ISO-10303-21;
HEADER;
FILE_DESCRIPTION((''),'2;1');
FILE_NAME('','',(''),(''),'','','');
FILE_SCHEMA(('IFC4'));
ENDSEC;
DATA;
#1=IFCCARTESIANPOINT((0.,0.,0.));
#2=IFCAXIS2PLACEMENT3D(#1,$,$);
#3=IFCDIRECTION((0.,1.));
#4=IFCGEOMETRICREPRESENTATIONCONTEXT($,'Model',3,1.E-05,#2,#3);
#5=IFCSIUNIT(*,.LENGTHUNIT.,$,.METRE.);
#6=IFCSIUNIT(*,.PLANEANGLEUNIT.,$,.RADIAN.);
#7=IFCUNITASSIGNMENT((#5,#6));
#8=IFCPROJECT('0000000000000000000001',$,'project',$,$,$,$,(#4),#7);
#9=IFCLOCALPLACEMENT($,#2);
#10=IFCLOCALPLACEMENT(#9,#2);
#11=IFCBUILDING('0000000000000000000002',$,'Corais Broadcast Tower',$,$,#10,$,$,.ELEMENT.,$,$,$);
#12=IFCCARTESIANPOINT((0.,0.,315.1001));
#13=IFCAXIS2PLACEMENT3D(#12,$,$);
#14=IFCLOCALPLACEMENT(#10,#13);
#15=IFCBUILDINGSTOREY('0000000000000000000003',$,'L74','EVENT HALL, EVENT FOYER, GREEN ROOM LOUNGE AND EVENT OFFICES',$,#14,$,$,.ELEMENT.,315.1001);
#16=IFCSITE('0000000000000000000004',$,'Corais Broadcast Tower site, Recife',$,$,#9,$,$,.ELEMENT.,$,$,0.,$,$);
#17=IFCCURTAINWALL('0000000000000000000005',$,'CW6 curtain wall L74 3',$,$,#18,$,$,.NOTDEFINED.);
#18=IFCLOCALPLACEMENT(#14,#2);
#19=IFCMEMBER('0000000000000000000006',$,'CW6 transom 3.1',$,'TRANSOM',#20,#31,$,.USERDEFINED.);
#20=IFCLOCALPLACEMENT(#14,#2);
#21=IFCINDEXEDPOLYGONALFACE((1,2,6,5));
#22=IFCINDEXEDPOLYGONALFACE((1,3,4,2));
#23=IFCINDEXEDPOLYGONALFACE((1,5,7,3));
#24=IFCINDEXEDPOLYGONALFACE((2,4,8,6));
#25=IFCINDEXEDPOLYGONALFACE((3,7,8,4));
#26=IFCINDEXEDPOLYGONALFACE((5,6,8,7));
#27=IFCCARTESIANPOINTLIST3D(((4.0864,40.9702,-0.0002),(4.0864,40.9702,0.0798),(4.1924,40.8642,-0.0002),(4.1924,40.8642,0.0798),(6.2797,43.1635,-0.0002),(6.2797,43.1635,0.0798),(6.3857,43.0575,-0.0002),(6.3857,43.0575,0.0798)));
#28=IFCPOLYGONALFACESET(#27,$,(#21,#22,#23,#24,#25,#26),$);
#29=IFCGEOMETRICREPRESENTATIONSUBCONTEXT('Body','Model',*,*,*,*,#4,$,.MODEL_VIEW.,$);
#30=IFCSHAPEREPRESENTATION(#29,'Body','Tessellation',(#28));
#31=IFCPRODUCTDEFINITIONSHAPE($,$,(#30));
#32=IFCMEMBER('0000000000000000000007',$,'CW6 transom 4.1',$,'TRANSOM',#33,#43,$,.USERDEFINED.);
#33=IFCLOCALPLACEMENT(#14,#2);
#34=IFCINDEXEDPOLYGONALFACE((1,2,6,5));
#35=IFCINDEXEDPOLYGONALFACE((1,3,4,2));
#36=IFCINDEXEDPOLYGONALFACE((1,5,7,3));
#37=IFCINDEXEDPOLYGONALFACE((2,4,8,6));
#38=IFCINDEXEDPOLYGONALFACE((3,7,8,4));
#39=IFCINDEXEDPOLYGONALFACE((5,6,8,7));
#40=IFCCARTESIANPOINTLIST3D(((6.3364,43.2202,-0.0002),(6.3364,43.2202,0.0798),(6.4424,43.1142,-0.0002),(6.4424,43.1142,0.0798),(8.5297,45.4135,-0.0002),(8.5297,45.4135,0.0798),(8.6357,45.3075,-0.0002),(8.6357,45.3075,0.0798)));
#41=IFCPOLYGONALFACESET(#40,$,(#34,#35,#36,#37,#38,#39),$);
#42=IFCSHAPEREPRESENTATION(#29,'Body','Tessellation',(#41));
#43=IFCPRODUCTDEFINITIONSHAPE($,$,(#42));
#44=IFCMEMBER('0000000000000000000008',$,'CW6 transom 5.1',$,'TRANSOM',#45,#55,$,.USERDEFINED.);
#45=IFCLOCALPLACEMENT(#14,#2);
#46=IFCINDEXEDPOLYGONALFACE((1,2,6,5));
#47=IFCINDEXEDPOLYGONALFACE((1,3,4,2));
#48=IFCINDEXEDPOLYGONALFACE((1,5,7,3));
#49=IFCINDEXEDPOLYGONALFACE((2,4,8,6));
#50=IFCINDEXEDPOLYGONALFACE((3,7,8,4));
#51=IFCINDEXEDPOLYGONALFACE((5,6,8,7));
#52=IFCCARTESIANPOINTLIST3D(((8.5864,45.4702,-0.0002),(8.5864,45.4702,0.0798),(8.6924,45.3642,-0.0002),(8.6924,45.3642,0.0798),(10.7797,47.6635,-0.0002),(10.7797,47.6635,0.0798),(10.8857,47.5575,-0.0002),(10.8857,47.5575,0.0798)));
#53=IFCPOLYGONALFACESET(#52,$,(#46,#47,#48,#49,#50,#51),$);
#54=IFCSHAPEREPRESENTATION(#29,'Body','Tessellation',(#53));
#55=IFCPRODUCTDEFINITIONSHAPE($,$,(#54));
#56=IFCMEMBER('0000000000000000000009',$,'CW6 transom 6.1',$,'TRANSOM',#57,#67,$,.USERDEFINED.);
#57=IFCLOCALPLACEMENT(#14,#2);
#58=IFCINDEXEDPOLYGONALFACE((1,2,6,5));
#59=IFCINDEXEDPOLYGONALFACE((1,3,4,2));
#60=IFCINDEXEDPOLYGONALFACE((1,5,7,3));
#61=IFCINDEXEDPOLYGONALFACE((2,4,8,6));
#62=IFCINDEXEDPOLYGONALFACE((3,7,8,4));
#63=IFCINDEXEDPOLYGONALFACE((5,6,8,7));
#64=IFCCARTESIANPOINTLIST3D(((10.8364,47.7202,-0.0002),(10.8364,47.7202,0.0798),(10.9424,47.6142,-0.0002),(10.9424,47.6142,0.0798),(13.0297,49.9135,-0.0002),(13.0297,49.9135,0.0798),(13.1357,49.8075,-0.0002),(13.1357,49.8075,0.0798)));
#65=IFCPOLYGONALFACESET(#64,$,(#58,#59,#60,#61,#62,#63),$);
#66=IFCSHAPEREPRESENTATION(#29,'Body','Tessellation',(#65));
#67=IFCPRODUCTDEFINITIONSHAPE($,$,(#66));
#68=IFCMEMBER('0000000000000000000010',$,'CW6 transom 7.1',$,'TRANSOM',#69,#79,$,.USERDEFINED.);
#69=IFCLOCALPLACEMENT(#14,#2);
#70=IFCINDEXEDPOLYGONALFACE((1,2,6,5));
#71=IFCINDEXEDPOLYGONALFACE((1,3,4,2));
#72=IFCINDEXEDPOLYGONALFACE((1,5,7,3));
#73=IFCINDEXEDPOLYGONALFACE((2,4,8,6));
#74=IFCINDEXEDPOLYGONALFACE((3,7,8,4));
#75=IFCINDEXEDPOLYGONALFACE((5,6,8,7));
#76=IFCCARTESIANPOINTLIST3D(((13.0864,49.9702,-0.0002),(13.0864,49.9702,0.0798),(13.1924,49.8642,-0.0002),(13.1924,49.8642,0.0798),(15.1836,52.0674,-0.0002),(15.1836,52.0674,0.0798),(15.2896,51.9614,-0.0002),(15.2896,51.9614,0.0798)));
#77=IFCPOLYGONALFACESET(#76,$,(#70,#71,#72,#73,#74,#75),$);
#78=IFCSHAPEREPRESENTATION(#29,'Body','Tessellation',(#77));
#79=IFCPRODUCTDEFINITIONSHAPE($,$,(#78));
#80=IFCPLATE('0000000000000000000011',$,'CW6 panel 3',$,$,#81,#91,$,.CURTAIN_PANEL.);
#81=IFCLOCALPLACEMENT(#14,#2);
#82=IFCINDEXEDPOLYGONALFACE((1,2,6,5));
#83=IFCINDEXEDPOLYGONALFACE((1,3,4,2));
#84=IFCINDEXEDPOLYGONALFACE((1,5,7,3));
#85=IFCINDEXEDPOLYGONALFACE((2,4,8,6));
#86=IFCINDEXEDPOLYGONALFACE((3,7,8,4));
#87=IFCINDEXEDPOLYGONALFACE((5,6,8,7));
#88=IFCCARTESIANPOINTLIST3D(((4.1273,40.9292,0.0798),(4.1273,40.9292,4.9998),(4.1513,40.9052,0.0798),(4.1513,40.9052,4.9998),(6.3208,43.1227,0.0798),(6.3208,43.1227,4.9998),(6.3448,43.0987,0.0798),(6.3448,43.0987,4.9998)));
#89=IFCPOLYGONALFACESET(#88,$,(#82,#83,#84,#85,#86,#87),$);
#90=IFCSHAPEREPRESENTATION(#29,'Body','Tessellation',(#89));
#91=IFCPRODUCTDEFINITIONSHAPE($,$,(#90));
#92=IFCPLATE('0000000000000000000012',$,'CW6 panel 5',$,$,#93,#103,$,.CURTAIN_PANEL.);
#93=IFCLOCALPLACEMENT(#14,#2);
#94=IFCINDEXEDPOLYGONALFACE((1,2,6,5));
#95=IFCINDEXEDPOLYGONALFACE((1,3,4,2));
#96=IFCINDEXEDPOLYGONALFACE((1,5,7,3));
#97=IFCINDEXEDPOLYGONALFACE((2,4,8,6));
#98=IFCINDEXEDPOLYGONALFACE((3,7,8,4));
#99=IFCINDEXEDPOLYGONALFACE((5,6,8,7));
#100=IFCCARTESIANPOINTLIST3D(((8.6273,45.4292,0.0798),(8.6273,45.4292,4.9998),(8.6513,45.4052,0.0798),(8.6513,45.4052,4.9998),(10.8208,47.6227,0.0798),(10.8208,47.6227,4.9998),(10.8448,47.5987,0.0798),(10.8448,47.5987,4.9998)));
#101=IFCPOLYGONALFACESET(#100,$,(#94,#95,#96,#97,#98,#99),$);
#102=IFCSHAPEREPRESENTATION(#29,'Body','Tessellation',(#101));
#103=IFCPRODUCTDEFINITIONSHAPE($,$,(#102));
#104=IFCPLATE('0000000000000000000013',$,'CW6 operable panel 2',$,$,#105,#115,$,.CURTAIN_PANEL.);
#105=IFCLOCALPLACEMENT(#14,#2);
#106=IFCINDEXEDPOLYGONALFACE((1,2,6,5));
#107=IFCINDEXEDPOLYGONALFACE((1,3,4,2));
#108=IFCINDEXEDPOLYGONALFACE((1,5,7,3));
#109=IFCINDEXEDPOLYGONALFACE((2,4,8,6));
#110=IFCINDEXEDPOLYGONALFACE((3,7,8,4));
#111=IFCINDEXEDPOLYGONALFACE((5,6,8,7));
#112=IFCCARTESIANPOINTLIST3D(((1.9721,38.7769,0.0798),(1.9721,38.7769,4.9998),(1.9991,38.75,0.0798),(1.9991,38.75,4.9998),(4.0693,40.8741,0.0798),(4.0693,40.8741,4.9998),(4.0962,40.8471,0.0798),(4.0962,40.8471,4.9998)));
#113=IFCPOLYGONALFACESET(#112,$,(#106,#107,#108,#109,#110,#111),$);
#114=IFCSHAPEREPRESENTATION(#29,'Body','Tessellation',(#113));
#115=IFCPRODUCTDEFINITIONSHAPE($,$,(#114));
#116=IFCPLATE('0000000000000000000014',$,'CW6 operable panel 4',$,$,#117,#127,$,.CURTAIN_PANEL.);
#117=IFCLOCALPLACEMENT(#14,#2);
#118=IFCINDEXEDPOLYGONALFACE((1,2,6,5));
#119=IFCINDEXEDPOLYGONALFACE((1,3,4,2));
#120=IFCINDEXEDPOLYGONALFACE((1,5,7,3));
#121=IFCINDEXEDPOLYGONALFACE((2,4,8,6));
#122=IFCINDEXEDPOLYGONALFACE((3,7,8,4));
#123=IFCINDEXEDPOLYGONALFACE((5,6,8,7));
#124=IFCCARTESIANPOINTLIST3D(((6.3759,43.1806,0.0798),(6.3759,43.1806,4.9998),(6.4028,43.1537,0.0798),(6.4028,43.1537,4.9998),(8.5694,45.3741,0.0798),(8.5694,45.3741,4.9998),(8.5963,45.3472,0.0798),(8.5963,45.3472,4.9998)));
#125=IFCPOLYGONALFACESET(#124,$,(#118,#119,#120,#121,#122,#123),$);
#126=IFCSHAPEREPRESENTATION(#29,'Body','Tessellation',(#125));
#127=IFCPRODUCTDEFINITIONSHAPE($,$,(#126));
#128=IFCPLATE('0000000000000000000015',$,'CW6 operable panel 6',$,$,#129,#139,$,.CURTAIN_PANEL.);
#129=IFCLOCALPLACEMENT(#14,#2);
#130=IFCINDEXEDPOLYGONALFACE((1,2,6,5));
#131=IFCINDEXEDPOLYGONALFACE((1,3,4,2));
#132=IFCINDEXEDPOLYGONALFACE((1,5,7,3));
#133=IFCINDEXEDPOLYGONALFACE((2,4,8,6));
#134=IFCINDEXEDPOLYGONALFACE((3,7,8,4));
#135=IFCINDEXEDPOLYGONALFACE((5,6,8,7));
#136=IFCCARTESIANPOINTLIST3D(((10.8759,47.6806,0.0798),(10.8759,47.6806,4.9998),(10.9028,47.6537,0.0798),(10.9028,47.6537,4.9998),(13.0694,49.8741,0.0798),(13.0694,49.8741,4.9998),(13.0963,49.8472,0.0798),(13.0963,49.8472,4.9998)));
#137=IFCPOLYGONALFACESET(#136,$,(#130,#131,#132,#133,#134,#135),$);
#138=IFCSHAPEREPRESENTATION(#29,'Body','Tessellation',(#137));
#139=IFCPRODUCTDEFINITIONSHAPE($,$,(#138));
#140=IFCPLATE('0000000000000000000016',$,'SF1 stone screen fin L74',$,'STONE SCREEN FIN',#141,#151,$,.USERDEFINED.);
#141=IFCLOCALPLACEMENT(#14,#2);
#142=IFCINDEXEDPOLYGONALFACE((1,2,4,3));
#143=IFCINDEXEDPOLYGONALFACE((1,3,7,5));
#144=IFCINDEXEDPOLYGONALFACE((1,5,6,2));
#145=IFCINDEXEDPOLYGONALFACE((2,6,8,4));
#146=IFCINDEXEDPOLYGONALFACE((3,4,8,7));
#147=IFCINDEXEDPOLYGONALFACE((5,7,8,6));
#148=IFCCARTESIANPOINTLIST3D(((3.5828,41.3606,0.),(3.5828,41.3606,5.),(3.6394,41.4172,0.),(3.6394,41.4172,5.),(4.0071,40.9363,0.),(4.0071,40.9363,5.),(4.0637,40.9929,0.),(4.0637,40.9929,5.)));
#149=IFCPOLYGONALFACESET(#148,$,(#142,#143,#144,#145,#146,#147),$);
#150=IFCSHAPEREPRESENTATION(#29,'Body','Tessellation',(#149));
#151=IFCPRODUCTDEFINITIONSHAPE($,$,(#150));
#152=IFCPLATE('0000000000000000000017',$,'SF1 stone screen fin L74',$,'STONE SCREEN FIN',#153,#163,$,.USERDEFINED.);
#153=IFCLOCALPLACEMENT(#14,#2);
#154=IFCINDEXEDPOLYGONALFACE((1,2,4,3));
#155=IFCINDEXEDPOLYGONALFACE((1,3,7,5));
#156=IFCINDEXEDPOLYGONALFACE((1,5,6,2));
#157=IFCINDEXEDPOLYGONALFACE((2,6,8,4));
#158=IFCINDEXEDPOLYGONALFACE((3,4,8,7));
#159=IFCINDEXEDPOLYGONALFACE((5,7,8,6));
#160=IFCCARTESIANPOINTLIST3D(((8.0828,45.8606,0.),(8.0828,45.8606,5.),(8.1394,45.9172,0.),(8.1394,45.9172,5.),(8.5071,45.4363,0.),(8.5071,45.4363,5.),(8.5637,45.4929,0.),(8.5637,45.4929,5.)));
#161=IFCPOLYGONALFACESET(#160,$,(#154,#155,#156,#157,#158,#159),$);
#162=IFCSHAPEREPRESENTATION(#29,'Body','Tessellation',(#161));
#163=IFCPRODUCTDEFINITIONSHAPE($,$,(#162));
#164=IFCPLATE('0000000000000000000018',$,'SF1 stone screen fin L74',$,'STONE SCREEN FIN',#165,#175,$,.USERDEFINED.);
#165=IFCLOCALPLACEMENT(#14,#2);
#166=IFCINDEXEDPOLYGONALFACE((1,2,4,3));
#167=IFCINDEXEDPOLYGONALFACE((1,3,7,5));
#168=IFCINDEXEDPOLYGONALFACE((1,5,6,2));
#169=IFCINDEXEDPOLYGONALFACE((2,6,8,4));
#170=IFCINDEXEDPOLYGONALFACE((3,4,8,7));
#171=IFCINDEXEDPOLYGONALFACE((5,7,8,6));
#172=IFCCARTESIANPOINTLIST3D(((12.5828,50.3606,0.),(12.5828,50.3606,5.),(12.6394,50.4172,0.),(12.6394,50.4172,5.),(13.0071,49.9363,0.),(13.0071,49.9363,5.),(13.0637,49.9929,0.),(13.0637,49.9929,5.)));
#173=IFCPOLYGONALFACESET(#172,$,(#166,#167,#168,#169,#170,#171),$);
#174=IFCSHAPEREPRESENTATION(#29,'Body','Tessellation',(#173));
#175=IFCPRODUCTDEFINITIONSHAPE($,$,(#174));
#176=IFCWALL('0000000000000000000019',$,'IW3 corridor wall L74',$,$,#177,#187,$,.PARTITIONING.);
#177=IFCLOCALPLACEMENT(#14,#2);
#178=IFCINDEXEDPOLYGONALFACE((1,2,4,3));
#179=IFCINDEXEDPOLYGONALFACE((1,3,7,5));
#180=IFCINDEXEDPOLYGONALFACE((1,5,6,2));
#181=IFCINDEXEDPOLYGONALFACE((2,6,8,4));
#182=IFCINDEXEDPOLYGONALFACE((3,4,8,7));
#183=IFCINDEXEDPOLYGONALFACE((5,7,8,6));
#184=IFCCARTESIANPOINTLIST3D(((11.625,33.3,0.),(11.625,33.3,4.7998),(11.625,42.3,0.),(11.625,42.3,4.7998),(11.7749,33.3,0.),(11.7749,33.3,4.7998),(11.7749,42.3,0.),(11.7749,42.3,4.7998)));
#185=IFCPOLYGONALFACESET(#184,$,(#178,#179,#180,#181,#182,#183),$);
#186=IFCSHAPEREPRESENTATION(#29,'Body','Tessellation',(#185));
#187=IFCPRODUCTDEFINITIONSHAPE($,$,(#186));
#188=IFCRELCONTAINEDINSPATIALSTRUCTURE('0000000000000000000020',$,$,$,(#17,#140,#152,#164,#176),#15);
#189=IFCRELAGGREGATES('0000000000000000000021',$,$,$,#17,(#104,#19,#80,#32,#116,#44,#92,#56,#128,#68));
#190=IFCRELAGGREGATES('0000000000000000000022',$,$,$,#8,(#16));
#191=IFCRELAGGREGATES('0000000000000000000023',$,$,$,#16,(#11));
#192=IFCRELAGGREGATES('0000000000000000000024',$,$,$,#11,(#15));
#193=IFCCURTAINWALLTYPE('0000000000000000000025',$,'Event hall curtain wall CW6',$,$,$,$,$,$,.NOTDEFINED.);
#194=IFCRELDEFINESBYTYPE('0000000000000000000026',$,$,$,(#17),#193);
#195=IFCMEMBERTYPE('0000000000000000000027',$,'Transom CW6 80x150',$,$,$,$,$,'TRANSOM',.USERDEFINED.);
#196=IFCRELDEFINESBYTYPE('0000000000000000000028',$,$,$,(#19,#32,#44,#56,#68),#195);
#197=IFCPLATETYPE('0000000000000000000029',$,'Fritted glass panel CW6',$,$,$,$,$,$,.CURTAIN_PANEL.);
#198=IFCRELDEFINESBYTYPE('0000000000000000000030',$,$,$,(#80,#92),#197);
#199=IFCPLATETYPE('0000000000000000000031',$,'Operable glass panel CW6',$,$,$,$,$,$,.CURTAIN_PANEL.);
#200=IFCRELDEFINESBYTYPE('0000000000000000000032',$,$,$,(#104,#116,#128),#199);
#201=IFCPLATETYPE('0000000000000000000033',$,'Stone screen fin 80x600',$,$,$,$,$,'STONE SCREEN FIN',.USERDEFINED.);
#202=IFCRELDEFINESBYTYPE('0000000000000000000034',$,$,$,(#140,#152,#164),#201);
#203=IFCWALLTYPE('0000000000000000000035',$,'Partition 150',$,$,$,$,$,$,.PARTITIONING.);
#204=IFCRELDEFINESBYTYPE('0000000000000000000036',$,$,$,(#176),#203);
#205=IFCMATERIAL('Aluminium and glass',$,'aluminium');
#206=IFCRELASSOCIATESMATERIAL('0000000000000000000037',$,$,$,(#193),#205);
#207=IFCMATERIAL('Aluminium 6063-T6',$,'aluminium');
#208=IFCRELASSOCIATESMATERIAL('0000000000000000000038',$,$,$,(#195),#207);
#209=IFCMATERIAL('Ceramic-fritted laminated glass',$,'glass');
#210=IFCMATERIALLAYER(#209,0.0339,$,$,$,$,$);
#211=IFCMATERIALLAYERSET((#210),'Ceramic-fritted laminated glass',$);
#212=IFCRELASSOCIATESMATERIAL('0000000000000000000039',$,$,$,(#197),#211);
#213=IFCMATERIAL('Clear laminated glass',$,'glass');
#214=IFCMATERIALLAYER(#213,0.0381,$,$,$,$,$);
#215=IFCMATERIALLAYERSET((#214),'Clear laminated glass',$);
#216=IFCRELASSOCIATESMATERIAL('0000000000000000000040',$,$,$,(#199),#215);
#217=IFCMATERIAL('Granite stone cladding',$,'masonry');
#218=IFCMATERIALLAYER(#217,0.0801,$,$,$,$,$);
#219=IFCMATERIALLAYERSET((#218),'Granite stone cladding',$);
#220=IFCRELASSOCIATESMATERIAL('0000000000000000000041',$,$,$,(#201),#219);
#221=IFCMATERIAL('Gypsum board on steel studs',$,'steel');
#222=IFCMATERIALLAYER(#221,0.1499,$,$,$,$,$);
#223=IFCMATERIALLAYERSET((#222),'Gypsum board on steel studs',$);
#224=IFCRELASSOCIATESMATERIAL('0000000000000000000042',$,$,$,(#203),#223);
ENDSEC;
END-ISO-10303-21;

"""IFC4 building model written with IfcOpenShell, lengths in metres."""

from ifc_helpers import new_model, si_unit, direction, frame, frame_2d, origin, origin_2d, place, context, subcontext, project, spatial, rectangle, extrude, material, layer, layer_set, material_profile, profile_set, type_object, element, aggregate, save


model = new_model("IFC4")

# Units and contexts
model_context = context("Model", 3, precision=1e-05, world=origin(), true_north=direction((0.0, 1.0)))
body_context = subcontext(model_context, "Body", "Model", "MODEL_VIEW")
ifc_project = project(units=[si_unit("LENGTHUNIT", "METRE"), si_unit("PLANEANGLEUNIT", "RADIAN")], contexts=[model_context])

# Site, building, storey
site_placement = place(None, origin())
site = spatial("IfcSite", under=ifc_project, at=site_placement, Name="Corais Broadcast Tower site, Recife", CompositionType="ELEMENT", RefElevation=0.0)
building_placement = place(site_placement, origin())
building = spatial("IfcBuilding", under=site, at=building_placement, Name="Corais Broadcast Tower", CompositionType="ELEMENT")
storey_placement = place(building_placement, frame((0.0, 0.0, 315.1001)))
storey = spatial("IfcBuildingStorey", under=building, at=storey_placement, Name="L74", Description="EVENT HALL, EVENT FOYER, GREEN ROOM LOUNGE AND EVENT OFFICES", CompositionType="ELEMENT", Elevation=315.1001)

# Curtain wall
ifc_material_1 = material(Name="Aluminium and glass", Category="aluminium")
curtain_wall_type = type_object("IfcCurtainWallType", Name="Event hall curtain wall CW6", PredefinedType="NOTDEFINED", material=ifc_material_1)
curtain_wall_placement = place(storey_placement, origin())
curtain_wall = element("IfcCurtainWall", 1, at=curtain_wall_placement, inside=storey, type_object=curtain_wall_type, Name="CW6 curtain wall L74 3", PredefinedType="NOTDEFINED")

# Members
ifc_material_2 = material(Name="Aluminium 6063-T6", Category="aluminium")
ifc_material_profile_1 = material_profile(ifc_material_2, rectangle(XDim=0.1499, YDim=0.0801, at=origin_2d()), Name="Transom CW6 80x150")
ifc_profile_set_1 = profile_set([ifc_material_profile_1], Name="Aluminium 6063-T6")
member_type_1 = type_object("IfcMemberType", Name="Transom CW6 80x150", ElementType="TRANSOM", PredefinedType="USERDEFINED", material=ifc_profile_set_1)
member_1_placement = place(storey_placement, frame((4.1394, 40.9172, 0.0398), z_axis=(0.707107, 0.707107, 0.0), x_axis=(-0.707107, 0.707107, 0.0)))
member_1 = element("IfcMember", 2, at=member_1_placement, type_object=member_type_1, Name="CW6 transom 3.1", ObjectType="TRANSOM", PredefinedType="USERDEFINED", context=body_context, shape_type="SweptSolid", body=[
    extrude(rectangle(XDim=0.1499, YDim=0.0801, at=origin_2d()), origin(), (0.0, 0.0, 1.0), 3.1018),
])
member_2_placement = place(storey_placement, frame((6.3894, 43.1672, 0.0398), z_axis=(0.707107, 0.707107, 0.0), x_axis=(-0.707107, 0.707107, 0.0)))
member_2 = element("IfcMember", 3, at=member_2_placement, type_object=member_type_1, Name="CW6 transom 4.1", ObjectType="TRANSOM", PredefinedType="USERDEFINED", context=body_context, shape_type="SweptSolid", body=[
    extrude(rectangle(XDim=0.1499, YDim=0.0801, at=origin_2d()), origin(), (0.0, 0.0, 1.0), 3.1018),
])
member_3_placement = place(storey_placement, frame((8.6394, 45.4172, 0.0398), z_axis=(0.707107, 0.707107, 0.0), x_axis=(-0.707107, 0.707107, 0.0)))
member_3 = element("IfcMember", 4, at=member_3_placement, type_object=member_type_1, Name="CW6 transom 5.1", ObjectType="TRANSOM", PredefinedType="USERDEFINED", context=body_context, shape_type="SweptSolid", body=[
    extrude(rectangle(XDim=0.1499, YDim=0.0801, at=origin_2d()), origin(), (0.0, 0.0, 1.0), 3.1018),
])
member_4_placement = place(storey_placement, frame((10.8894, 47.6672, 0.0398), z_axis=(0.707107, 0.707107, 0.0), x_axis=(-0.707107, 0.707107, 0.0)))
member_4 = element("IfcMember", 5, at=member_4_placement, type_object=member_type_1, Name="CW6 transom 6.1", ObjectType="TRANSOM", PredefinedType="USERDEFINED", context=body_context, shape_type="SweptSolid", body=[
    extrude(rectangle(XDim=0.1499, YDim=0.0801, at=origin_2d()), origin(), (0.0, 0.0, 1.0), 3.1018),
])
member_5_placement = place(storey_placement, frame((13.1394, 49.9172, 0.0398), z_axis=(0.707107, 0.707107, 0.0), x_axis=(-0.707107, 0.707107, 0.0)))
member_5 = element("IfcMember", 6, at=member_5_placement, type_object=member_type_1, Name="CW6 transom 7.1", ObjectType="TRANSOM", PredefinedType="USERDEFINED", context=body_context, shape_type="SweptSolid", body=[
    extrude(rectangle(XDim=0.1499, YDim=0.0801, at=origin_2d()), origin(), (0.0, 0.0, 1.0), 2.9658),
])

# Plates
ifc_material_3 = material(Name="Ceramic-fritted laminated glass", Category="glass")
ifc_layer_1 = layer(ifc_material_3, 0.0339)
ifc_layer_set_1 = layer_set([ifc_layer_1], Name="Ceramic-fritted laminated glass")
plate_type_1 = type_object("IfcPlateType", Name="Fritted glass panel CW6", PredefinedType="CURTAIN_PANEL", material=ifc_layer_set_1)
plate_1_placement = place(storey_placement, frame((5.2361, 42.0139, 0.0798), z_axis=(0.0, 0.0, 1.0), x_axis=(0.707107, 0.707107, 0.0)))
plate_1 = element("IfcPlate", 7, at=plate_1_placement, type_object=plate_type_1, Name="CW6 panel 3", PredefinedType="CURTAIN_PANEL", context=body_context, shape_type="SweptSolid", body=[
    extrude(rectangle(XDim=3.1021, YDim=0.0339, at=origin_2d()), origin(), (0.0, 0.0, 1.0), 4.9199),
])
plate_2_placement = place(storey_placement, frame((9.7361, 46.5139, 0.0798), z_axis=(0.0, 0.0, 1.0), x_axis=(0.707107, 0.707107, 0.0)))
plate_2 = element("IfcPlate", 8, at=plate_2_placement, type_object=plate_type_1, Name="CW6 panel 5", PredefinedType="CURTAIN_PANEL", context=body_context, shape_type="SweptSolid", body=[
    extrude(rectangle(XDim=3.1021, YDim=0.0339, at=origin_2d()), origin(), (0.0, 0.0, 1.0), 4.9199),
])
ifc_material_4 = material(Name="Clear laminated glass", Category="glass")
ifc_layer_2 = layer(ifc_material_4, 0.0381)
ifc_layer_set_2 = layer_set([ifc_layer_2], Name="Clear laminated glass")
plate_type_2 = type_object("IfcPlateType", Name="Operable glass panel CW6", PredefinedType="CURTAIN_PANEL", material=ifc_layer_set_2)
plate_3_placement = place(storey_placement, frame((3.0342, 39.812, 0.0798), z_axis=(0.0, 0.0, 1.0), x_axis=(0.707107, 0.707107, 0.0)))
plate_3 = element("IfcPlate", 9, at=plate_3_placement, type_object=plate_type_2, Name="CW6 operable panel 2", PredefinedType="CURTAIN_PANEL", context=body_context, shape_type="SweptSolid", body=[
    extrude(rectangle(XDim=2.9658, YDim=0.0381, at=origin_2d()), origin(), (0.0, 0.0, 1.0), 4.9199),
])
plate_4_placement = place(storey_placement, frame((7.4861, 44.2639, 0.0798), z_axis=(0.0, 0.0, 1.0), x_axis=(0.707107, 0.707107, 0.0)))
plate_4 = element("IfcPlate", 10, at=plate_4_placement, type_object=plate_type_2, Name="CW6 operable panel 4", PredefinedType="CURTAIN_PANEL", context=body_context, shape_type="SweptSolid", body=[
    extrude(rectangle(XDim=3.1021, YDim=0.0381, at=origin_2d()), origin(), (0.0, 0.0, 1.0), 4.9199),
])
plate_5_placement = place(storey_placement, frame((11.9861, 48.7639, 0.0798), z_axis=(0.0, 0.0, 1.0), x_axis=(0.707107, 0.707107, 0.0)))
plate_5 = element("IfcPlate", 11, at=plate_5_placement, type_object=plate_type_2, Name="CW6 operable panel 6", PredefinedType="CURTAIN_PANEL", context=body_context, shape_type="SweptSolid", body=[
    extrude(rectangle(XDim=3.1021, YDim=0.0381, at=origin_2d()), origin(), (0.0, 0.0, 1.0), 4.9199),
])
aggregate(curtain_wall, [plate_3, member_1, plate_1, member_2, plate_4, member_3, plate_2, member_4, plate_5, member_5])

# Plates
ifc_material_5 = material(Name="Granite stone cladding", Category="masonry")
ifc_layer_3 = layer(ifc_material_5, 0.0801)
ifc_layer_set_3 = layer_set([ifc_layer_3], Name="Granite stone cladding")
plate_type_3 = type_object("IfcPlateType", Name="Stone screen fin 80x600", ElementType="STONE SCREEN FIN", PredefinedType="USERDEFINED", material=ifc_layer_set_3)
for number, where, z_axis, x_axis, name in (
    (12, (3.8232, 41.1768, 0.0), (0.0, 0.0, 1.0), (0.707107, 0.707107, 0.0), "SF1 stone screen fin L74"),
    (13, (8.3232, 45.6768, 0.0), (0.0, 0.0, 1.0), (0.707107, 0.707107, 0.0), "SF1 stone screen fin L74"),
    (14, (12.8232, 50.1768, 0.0), (0.0, 0.0, 1.0), (0.707107, 0.707107, 0.0), "SF1 stone screen fin L74"),
):
    element("IfcPlate", number, at=place(storey_placement, frame(where, z_axis=z_axis, x_axis=x_axis)), inside=storey, type_object=plate_type_3, Name=name, ObjectType="STONE SCREEN FIN", PredefinedType="USERDEFINED", context=body_context, shape_type="SweptSolid", body=[
        extrude(rectangle(XDim=0.0801, YDim=0.6001, at=origin_2d()), origin(), (0.0, 0.0, 1.0), 5.0),
    ])

# Wall
ifc_material_6 = material(Name="Gypsum board on steel studs", Category="steel")
ifc_layer_4 = layer(ifc_material_6, 0.1499)
ifc_layer_set_4 = layer_set([ifc_layer_4], Name="Gypsum board on steel studs")
wall_type = type_object("IfcWallType", Name="Partition 150", PredefinedType="PARTITIONING", material=ifc_layer_set_4)
wall_placement = place(storey_placement, frame((11.7, 42.3, 0.0), z_axis=(0.0, 0.0, 1.0), x_axis=(0.0, -1.0, 0.0)))
element("IfcWall", 15, at=wall_placement, inside=storey, type_object=wall_type, Name="IW3 corridor wall L74", PredefinedType="PARTITIONING", context=body_context, shape_type="SweptSolid", body=[
    extrude(rectangle(XDim=9.0, YDim=0.1499, at=frame_2d((4.5, 0.0))), origin(), (0.0, 0.0, 1.0), 4.7998),
])

save(model, "model.ifc")
